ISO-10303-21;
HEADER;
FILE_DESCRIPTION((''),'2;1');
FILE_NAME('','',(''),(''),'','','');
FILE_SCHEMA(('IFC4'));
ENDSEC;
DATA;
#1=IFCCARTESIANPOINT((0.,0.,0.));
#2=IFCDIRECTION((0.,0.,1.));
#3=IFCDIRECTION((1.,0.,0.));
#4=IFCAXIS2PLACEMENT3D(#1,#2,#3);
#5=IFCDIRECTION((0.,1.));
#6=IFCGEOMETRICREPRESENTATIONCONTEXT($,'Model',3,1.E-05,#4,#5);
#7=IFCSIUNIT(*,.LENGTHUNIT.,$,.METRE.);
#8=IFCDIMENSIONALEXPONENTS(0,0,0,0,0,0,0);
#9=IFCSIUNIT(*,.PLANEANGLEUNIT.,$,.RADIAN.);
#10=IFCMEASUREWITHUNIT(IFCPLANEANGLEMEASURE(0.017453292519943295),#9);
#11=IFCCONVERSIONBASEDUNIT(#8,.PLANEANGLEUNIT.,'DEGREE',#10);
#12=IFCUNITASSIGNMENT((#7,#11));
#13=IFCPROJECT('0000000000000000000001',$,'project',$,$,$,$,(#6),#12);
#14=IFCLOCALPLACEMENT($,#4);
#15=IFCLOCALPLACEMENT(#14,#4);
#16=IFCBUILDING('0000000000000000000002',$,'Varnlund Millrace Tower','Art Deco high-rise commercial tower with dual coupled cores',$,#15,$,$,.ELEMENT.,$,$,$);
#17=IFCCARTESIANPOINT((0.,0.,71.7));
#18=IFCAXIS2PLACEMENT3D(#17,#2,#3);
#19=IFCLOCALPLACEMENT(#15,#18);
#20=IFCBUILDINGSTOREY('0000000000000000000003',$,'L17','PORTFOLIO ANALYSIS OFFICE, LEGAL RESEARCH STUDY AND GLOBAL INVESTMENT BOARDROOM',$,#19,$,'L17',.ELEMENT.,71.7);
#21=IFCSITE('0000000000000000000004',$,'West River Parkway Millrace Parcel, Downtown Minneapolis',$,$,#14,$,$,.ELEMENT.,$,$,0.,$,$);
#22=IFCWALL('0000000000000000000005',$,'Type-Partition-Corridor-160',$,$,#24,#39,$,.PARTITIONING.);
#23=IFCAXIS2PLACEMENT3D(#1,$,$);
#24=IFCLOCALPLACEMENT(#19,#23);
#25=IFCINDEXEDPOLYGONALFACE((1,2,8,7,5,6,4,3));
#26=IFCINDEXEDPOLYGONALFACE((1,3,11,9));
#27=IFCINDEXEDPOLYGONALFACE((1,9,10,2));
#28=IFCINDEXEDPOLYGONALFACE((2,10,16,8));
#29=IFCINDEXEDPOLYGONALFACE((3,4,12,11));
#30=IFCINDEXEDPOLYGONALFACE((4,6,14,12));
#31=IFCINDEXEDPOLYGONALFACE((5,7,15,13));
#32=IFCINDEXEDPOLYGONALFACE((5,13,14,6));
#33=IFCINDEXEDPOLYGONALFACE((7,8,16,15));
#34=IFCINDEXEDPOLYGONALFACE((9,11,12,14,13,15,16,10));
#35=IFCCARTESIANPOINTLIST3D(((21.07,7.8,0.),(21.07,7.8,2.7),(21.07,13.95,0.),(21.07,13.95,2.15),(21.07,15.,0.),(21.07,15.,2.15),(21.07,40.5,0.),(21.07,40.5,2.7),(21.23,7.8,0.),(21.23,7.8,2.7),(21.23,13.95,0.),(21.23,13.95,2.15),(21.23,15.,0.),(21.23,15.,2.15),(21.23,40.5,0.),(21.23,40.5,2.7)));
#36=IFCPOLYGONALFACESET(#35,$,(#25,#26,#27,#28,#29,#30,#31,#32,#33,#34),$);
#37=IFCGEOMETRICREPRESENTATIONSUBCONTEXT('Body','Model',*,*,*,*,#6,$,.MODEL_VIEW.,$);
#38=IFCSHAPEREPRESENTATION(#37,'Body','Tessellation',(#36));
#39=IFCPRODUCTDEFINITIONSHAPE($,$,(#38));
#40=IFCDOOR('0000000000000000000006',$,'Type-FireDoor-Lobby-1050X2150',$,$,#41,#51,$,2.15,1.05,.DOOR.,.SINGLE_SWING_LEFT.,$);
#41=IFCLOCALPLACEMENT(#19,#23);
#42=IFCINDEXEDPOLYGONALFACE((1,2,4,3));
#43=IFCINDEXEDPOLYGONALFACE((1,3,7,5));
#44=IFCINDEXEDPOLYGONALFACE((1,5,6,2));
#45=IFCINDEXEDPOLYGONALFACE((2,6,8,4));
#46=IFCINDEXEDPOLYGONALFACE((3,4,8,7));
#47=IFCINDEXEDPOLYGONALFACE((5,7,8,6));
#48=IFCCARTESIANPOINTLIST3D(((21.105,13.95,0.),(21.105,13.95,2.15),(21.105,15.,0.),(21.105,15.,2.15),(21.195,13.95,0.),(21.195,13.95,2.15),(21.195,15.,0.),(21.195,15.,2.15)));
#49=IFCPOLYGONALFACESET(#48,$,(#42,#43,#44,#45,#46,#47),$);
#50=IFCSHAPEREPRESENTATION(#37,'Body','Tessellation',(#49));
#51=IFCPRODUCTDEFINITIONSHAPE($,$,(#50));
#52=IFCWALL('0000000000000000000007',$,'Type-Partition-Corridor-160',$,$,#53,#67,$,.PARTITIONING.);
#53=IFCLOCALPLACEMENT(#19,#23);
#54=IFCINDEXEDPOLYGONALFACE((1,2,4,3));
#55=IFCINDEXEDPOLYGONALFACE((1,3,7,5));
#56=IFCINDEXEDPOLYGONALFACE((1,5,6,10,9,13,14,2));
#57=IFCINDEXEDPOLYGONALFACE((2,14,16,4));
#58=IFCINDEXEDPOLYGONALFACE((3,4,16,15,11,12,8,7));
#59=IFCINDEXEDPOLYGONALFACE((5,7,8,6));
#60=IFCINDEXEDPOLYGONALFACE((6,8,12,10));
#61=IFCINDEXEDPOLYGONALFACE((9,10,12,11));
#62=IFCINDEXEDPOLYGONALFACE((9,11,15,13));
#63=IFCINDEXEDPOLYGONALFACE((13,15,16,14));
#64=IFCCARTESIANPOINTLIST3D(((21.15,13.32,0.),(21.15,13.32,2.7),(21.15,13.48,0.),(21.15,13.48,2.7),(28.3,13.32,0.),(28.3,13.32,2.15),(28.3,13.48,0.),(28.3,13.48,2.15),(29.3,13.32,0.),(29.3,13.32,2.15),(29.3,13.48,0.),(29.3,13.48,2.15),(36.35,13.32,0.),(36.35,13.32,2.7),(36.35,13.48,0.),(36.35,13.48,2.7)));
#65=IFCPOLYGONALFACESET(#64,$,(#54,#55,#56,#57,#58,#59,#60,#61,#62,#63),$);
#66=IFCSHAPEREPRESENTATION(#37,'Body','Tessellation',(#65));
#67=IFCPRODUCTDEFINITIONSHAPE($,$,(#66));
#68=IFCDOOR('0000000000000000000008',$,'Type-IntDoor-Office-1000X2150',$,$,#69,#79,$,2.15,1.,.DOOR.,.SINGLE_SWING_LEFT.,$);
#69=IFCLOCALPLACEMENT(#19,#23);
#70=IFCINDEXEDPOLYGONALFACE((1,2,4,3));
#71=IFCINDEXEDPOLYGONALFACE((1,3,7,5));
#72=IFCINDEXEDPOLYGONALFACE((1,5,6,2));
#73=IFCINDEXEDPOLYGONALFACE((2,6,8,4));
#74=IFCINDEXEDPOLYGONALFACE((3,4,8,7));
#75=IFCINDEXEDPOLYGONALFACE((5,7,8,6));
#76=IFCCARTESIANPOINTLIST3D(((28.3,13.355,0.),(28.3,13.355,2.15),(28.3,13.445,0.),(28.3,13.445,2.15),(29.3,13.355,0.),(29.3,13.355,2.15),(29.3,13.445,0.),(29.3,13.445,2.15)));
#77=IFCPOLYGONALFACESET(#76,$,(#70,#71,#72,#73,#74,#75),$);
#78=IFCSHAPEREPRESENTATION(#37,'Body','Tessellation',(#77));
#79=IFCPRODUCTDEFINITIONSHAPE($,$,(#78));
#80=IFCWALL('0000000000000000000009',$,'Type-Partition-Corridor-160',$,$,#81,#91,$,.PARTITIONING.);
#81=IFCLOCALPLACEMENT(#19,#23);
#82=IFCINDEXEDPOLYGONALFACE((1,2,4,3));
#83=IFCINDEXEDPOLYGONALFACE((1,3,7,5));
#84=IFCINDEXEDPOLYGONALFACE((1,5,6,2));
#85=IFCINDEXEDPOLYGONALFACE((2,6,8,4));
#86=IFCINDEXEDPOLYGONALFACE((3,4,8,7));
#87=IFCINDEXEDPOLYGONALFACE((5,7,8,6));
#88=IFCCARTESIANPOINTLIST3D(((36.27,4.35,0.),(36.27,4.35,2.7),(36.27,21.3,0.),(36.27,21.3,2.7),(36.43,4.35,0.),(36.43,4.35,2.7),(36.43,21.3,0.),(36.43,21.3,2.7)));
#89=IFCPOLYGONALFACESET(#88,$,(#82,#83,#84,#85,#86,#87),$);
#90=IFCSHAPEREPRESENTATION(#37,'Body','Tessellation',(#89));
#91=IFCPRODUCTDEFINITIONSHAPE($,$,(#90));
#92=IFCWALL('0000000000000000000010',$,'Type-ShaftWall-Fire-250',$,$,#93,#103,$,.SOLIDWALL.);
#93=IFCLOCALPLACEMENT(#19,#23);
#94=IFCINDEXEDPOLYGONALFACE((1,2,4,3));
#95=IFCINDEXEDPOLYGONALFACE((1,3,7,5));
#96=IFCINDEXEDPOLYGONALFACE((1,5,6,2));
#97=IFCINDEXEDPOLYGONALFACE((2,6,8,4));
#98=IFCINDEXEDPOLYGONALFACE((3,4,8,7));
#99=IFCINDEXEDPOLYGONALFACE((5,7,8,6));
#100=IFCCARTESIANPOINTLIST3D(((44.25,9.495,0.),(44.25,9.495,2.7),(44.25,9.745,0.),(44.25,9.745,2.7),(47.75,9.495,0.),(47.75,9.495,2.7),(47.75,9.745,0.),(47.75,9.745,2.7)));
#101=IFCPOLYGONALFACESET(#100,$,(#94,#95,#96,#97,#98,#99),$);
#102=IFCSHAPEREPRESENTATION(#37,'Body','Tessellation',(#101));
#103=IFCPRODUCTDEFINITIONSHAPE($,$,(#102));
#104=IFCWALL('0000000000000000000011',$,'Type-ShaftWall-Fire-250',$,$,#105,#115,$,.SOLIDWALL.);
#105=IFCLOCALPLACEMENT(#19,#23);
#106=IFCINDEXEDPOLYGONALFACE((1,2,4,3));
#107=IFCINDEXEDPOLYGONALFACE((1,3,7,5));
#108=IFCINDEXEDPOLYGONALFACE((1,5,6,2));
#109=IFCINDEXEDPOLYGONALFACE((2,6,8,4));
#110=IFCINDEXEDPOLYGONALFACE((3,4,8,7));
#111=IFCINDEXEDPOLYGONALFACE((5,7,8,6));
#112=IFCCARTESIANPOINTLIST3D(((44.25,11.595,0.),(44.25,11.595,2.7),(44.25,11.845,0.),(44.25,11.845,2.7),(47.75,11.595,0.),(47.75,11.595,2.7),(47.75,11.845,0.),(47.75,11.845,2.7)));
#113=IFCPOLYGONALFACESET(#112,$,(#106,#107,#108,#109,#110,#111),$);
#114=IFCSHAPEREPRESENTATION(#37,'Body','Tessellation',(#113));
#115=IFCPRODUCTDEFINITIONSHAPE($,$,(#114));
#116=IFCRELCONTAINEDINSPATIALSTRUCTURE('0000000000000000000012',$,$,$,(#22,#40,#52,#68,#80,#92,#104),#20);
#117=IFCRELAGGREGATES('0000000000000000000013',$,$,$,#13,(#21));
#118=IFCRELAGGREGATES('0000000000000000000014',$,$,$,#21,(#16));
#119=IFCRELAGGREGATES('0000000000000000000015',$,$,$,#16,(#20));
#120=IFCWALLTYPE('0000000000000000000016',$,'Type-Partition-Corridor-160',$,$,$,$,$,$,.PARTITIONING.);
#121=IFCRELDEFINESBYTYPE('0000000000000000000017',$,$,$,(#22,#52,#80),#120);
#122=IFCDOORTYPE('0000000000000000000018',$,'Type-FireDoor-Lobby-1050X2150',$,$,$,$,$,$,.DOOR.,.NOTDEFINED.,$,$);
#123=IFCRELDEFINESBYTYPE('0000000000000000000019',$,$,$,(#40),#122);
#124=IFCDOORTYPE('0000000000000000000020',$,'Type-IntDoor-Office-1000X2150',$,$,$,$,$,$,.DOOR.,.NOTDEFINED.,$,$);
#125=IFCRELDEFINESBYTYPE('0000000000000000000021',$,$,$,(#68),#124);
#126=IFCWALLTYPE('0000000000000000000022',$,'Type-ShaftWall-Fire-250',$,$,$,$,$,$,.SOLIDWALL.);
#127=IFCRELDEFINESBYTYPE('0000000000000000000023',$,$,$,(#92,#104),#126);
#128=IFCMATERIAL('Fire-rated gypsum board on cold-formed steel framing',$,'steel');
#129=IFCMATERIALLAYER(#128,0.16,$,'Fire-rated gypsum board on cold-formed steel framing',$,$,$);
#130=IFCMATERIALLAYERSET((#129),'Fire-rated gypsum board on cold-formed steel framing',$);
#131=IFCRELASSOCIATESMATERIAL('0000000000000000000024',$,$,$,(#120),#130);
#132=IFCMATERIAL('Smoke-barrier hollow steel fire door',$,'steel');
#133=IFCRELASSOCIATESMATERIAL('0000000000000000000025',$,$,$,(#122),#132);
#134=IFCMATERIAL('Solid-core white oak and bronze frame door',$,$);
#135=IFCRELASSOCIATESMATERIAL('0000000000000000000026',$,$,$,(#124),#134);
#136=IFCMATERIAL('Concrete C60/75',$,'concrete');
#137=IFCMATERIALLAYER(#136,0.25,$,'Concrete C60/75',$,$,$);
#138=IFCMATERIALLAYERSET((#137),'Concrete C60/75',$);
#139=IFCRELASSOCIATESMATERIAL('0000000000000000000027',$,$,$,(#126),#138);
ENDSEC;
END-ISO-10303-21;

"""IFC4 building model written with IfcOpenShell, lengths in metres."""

from ifc_helpers import new_model, entity, si_unit, converted_unit, direction, frame, origin_with_axes, origin_2d_with_axis, place, context, subcontext, project, spatial, polyline, rectangle, outline, extrude, material, layer, layer_set, type_object, element, fill, save


model = new_model("IFC4")

# Units and contexts
model_context = context("Model", 3, precision=1e-05, world=origin_with_axes(), true_north=direction((0.0, 1.0)))
body_context = subcontext(model_context, "Body", "Model", "MODEL_VIEW")
ifc_project = project(units=[si_unit("LENGTHUNIT", "METRE"), converted_unit("PLANEANGLEUNIT", "DEGREE", entity("IfcPlaneAngleMeasure", 0.017453292519943295), si_unit("PLANEANGLEUNIT", "RADIAN"), dimensions=[0, 0, 0, 0, 0, 0, 0])], contexts=[model_context])

# Site, building, storey
site_placement = place(None, origin_with_axes())
site = spatial("IfcSite", under=ifc_project, at=site_placement, Name="West River Parkway Millrace Parcel, Downtown Minneapolis", CompositionType="ELEMENT", RefElevation=0.0)
building_placement = place(site_placement, origin_with_axes())
building = spatial("IfcBuilding", under=site, at=building_placement, Name="Varnlund Millrace Tower", Description="Art Deco high-rise commercial tower with dual coupled cores", CompositionType="ELEMENT")
storey_placement = place(building_placement, frame((0.0, 0.0, 71.7), z_axis=(0.0, 0.0, 1.0), x_axis=(1.0, 0.0, 0.0)))
storey = spatial("IfcBuildingStorey", under=building, at=storey_placement, Name="L17", Description="PORTFOLIO ANALYSIS OFFICE, LEGAL RESEARCH STUDY AND GLOBAL INVESTMENT BOARDROOM", LongName="L17", CompositionType="ELEMENT", Elevation=71.7)

# Walls, openings, doors
ifc_material_1 = material(Name="Fire-rated gypsum board on cold-formed steel framing", Category="steel")
ifc_layer_1 = layer(ifc_material_1, 0.16, Name="Fire-rated gypsum board on cold-formed steel framing")
ifc_layer_set_1 = layer_set([ifc_layer_1], Name="Fire-rated gypsum board on cold-formed steel framing")
wall_type_1 = type_object("IfcWallType", Name="Type-Partition-Corridor-160", PredefinedType="PARTITIONING", material=ifc_layer_set_1)
wall_1_placement = place(storey_placement, frame((21.15, 7.8, 0.0), z_axis=(0.0, 0.0, 1.0), x_axis=(0.0, 1.0, 0.0)))
wall_1 = element("IfcWall", 1, at=wall_1_placement, inside=storey, type_object=wall_type_1, Name="Type-Partition-Corridor-160", PredefinedType="PARTITIONING", context=body_context, shape_type="SweptSolid", body=[
    extrude(outline(polyline([(0.0, -0.08), (32.7, -0.08), (32.7, 0.08), (0.0, 0.08), (0.0, -0.08)])), origin_with_axes(), (0.0, 0.0, 1.0), 2.7),
])
opening_1_placement = place(wall_1_placement, frame((6.675, 0.0, 0.0), z_axis=(0.0, 0.0, 1.0), x_axis=(1.0, 0.0, 0.0)))
opening_1 = element("IfcOpeningElement", 2, at=opening_1_placement, cuts=wall_1, PredefinedType="OPENING", context=body_context, shape_type="SweptSolid", body=[
    extrude(rectangle(XDim=1.05, YDim=0.18, at=origin_2d_with_axis()), origin_with_axes(), (0.0, 0.0, 1.0), 2.15),
])
ifc_material_2 = material(Name="Smoke-barrier hollow steel fire door", Category="steel")
door_type_1 = type_object("IfcDoorType", Name="Type-FireDoor-Lobby-1050X2150", OperationType="NOTDEFINED", PredefinedType="DOOR", material=ifc_material_2)
door_1_placement = place(wall_1_placement, frame((6.675, 0.0, 0.0), z_axis=(0.0, 0.0, 1.0), x_axis=(1.0, 0.0, 0.0)))
door_1 = element("IfcDoor", 3, at=door_1_placement, inside=storey, type_object=door_type_1, Name="Type-FireDoor-Lobby-1050X2150", OperationType="SINGLE_SWING_LEFT", OverallHeight=2.15, OverallWidth=1.05, PredefinedType="DOOR", context=body_context, shape_type="SweptSolid", body=[
    extrude(rectangle(XDim=1.05, YDim=0.09, at=origin_2d_with_axis()), origin_with_axes(), (0.0, 0.0, 1.0), 2.15),
])
fill(opening_1, door_1)
wall_2_placement = place(storey_placement, frame((21.15, 13.4, 0.0), z_axis=(0.0, 0.0, 1.0), x_axis=(1.0, 0.0, 0.0)))
wall_2 = element("IfcWall", 4, at=wall_2_placement, inside=storey, type_object=wall_type_1, Name="Type-Partition-Corridor-160", PredefinedType="PARTITIONING", context=body_context, shape_type="SweptSolid", body=[
    extrude(outline(polyline([(0.0, -0.08), (15.2, -0.08), (15.2, 0.08), (0.0, 0.08), (0.0, -0.08)])), origin_with_axes(), (0.0, 0.0, 1.0), 2.7),
])
opening_2_placement = place(wall_2_placement, frame((7.65, 0.0, 0.0), z_axis=(0.0, 0.0, 1.0), x_axis=(1.0, 0.0, 0.0)))
opening_2 = element("IfcOpeningElement", 5, at=opening_2_placement, cuts=wall_2, PredefinedType="OPENING", context=body_context, shape_type="SweptSolid", body=[
    extrude(rectangle(XDim=1.0, YDim=0.18, at=origin_2d_with_axis()), origin_with_axes(), (0.0, 0.0, 1.0), 2.15),
])
ifc_material_3 = material(Name="Solid-core white oak and bronze frame door")
door_type_2 = type_object("IfcDoorType", Name="Type-IntDoor-Office-1000X2150", OperationType="NOTDEFINED", PredefinedType="DOOR", material=ifc_material_3)
door_2_placement = place(wall_2_placement, frame((7.65, 0.0, 0.0), z_axis=(0.0, 0.0, 1.0), x_axis=(1.0, 0.0, 0.0)))
door_2 = element("IfcDoor", 6, at=door_2_placement, inside=storey, type_object=door_type_2, Name="Type-IntDoor-Office-1000X2150", OperationType="SINGLE_SWING_LEFT", OverallHeight=2.15, OverallWidth=1.0, PredefinedType="DOOR", context=body_context, shape_type="SweptSolid", body=[
    extrude(rectangle(XDim=1.0, YDim=0.09, at=origin_2d_with_axis()), origin_with_axes(), (0.0, 0.0, 1.0), 2.15),
])
fill(opening_2, door_2)

# Walls
wall_3_placement = place(storey_placement, frame((36.35, 4.35, 0.0), z_axis=(0.0, 0.0, 1.0), x_axis=(0.0, 1.0, 0.0)))
element("IfcWall", 7, at=wall_3_placement, inside=storey, type_object=wall_type_1, Name="Type-Partition-Corridor-160", PredefinedType="PARTITIONING", context=body_context, shape_type="SweptSolid", body=[
    extrude(outline(polyline([(0.0, -0.08), (16.95, -0.08), (16.95, 0.08), (0.0, 0.08), (0.0, -0.08)])), origin_with_axes(), (0.0, 0.0, 1.0), 2.7),
])
ifc_material_4 = material(Name="Concrete C60/75", Category="concrete")
ifc_layer_2 = layer(ifc_material_4, 0.25, Name="Concrete C60/75")
ifc_layer_set_2 = layer_set([ifc_layer_2], Name="Concrete C60/75")
wall_type_2 = type_object("IfcWallType", Name="Type-ShaftWall-Fire-250", PredefinedType="SOLIDWALL", material=ifc_layer_set_2)
for number, where, z_axis, x_axis, name in (
    (8, (44.25, 9.62, 0.0), (0.0, 0.0, 1.0), (1.0, 0.0, 0.0), "Type-ShaftWall-Fire-250"),
    (9, (44.25, 11.72, 0.0), (0.0, 0.0, 1.0), (1.0, 0.0, 0.0), "Type-ShaftWall-Fire-250"),
):
    element("IfcWall", number, at=place(storey_placement, frame(where, z_axis=z_axis, x_axis=x_axis)), inside=storey, type_object=wall_type_2, Name=name, PredefinedType="SOLIDWALL", context=body_context, shape_type="SweptSolid", body=[
        extrude(outline(polyline([(0.0, -0.125), (3.5, -0.125), (3.5, 0.125), (0.0, 0.125), (0.0, -0.125)])), origin_with_axes(), (0.0, 0.0, 1.0), 2.7),
    ])

save(model, "model.ifc")
